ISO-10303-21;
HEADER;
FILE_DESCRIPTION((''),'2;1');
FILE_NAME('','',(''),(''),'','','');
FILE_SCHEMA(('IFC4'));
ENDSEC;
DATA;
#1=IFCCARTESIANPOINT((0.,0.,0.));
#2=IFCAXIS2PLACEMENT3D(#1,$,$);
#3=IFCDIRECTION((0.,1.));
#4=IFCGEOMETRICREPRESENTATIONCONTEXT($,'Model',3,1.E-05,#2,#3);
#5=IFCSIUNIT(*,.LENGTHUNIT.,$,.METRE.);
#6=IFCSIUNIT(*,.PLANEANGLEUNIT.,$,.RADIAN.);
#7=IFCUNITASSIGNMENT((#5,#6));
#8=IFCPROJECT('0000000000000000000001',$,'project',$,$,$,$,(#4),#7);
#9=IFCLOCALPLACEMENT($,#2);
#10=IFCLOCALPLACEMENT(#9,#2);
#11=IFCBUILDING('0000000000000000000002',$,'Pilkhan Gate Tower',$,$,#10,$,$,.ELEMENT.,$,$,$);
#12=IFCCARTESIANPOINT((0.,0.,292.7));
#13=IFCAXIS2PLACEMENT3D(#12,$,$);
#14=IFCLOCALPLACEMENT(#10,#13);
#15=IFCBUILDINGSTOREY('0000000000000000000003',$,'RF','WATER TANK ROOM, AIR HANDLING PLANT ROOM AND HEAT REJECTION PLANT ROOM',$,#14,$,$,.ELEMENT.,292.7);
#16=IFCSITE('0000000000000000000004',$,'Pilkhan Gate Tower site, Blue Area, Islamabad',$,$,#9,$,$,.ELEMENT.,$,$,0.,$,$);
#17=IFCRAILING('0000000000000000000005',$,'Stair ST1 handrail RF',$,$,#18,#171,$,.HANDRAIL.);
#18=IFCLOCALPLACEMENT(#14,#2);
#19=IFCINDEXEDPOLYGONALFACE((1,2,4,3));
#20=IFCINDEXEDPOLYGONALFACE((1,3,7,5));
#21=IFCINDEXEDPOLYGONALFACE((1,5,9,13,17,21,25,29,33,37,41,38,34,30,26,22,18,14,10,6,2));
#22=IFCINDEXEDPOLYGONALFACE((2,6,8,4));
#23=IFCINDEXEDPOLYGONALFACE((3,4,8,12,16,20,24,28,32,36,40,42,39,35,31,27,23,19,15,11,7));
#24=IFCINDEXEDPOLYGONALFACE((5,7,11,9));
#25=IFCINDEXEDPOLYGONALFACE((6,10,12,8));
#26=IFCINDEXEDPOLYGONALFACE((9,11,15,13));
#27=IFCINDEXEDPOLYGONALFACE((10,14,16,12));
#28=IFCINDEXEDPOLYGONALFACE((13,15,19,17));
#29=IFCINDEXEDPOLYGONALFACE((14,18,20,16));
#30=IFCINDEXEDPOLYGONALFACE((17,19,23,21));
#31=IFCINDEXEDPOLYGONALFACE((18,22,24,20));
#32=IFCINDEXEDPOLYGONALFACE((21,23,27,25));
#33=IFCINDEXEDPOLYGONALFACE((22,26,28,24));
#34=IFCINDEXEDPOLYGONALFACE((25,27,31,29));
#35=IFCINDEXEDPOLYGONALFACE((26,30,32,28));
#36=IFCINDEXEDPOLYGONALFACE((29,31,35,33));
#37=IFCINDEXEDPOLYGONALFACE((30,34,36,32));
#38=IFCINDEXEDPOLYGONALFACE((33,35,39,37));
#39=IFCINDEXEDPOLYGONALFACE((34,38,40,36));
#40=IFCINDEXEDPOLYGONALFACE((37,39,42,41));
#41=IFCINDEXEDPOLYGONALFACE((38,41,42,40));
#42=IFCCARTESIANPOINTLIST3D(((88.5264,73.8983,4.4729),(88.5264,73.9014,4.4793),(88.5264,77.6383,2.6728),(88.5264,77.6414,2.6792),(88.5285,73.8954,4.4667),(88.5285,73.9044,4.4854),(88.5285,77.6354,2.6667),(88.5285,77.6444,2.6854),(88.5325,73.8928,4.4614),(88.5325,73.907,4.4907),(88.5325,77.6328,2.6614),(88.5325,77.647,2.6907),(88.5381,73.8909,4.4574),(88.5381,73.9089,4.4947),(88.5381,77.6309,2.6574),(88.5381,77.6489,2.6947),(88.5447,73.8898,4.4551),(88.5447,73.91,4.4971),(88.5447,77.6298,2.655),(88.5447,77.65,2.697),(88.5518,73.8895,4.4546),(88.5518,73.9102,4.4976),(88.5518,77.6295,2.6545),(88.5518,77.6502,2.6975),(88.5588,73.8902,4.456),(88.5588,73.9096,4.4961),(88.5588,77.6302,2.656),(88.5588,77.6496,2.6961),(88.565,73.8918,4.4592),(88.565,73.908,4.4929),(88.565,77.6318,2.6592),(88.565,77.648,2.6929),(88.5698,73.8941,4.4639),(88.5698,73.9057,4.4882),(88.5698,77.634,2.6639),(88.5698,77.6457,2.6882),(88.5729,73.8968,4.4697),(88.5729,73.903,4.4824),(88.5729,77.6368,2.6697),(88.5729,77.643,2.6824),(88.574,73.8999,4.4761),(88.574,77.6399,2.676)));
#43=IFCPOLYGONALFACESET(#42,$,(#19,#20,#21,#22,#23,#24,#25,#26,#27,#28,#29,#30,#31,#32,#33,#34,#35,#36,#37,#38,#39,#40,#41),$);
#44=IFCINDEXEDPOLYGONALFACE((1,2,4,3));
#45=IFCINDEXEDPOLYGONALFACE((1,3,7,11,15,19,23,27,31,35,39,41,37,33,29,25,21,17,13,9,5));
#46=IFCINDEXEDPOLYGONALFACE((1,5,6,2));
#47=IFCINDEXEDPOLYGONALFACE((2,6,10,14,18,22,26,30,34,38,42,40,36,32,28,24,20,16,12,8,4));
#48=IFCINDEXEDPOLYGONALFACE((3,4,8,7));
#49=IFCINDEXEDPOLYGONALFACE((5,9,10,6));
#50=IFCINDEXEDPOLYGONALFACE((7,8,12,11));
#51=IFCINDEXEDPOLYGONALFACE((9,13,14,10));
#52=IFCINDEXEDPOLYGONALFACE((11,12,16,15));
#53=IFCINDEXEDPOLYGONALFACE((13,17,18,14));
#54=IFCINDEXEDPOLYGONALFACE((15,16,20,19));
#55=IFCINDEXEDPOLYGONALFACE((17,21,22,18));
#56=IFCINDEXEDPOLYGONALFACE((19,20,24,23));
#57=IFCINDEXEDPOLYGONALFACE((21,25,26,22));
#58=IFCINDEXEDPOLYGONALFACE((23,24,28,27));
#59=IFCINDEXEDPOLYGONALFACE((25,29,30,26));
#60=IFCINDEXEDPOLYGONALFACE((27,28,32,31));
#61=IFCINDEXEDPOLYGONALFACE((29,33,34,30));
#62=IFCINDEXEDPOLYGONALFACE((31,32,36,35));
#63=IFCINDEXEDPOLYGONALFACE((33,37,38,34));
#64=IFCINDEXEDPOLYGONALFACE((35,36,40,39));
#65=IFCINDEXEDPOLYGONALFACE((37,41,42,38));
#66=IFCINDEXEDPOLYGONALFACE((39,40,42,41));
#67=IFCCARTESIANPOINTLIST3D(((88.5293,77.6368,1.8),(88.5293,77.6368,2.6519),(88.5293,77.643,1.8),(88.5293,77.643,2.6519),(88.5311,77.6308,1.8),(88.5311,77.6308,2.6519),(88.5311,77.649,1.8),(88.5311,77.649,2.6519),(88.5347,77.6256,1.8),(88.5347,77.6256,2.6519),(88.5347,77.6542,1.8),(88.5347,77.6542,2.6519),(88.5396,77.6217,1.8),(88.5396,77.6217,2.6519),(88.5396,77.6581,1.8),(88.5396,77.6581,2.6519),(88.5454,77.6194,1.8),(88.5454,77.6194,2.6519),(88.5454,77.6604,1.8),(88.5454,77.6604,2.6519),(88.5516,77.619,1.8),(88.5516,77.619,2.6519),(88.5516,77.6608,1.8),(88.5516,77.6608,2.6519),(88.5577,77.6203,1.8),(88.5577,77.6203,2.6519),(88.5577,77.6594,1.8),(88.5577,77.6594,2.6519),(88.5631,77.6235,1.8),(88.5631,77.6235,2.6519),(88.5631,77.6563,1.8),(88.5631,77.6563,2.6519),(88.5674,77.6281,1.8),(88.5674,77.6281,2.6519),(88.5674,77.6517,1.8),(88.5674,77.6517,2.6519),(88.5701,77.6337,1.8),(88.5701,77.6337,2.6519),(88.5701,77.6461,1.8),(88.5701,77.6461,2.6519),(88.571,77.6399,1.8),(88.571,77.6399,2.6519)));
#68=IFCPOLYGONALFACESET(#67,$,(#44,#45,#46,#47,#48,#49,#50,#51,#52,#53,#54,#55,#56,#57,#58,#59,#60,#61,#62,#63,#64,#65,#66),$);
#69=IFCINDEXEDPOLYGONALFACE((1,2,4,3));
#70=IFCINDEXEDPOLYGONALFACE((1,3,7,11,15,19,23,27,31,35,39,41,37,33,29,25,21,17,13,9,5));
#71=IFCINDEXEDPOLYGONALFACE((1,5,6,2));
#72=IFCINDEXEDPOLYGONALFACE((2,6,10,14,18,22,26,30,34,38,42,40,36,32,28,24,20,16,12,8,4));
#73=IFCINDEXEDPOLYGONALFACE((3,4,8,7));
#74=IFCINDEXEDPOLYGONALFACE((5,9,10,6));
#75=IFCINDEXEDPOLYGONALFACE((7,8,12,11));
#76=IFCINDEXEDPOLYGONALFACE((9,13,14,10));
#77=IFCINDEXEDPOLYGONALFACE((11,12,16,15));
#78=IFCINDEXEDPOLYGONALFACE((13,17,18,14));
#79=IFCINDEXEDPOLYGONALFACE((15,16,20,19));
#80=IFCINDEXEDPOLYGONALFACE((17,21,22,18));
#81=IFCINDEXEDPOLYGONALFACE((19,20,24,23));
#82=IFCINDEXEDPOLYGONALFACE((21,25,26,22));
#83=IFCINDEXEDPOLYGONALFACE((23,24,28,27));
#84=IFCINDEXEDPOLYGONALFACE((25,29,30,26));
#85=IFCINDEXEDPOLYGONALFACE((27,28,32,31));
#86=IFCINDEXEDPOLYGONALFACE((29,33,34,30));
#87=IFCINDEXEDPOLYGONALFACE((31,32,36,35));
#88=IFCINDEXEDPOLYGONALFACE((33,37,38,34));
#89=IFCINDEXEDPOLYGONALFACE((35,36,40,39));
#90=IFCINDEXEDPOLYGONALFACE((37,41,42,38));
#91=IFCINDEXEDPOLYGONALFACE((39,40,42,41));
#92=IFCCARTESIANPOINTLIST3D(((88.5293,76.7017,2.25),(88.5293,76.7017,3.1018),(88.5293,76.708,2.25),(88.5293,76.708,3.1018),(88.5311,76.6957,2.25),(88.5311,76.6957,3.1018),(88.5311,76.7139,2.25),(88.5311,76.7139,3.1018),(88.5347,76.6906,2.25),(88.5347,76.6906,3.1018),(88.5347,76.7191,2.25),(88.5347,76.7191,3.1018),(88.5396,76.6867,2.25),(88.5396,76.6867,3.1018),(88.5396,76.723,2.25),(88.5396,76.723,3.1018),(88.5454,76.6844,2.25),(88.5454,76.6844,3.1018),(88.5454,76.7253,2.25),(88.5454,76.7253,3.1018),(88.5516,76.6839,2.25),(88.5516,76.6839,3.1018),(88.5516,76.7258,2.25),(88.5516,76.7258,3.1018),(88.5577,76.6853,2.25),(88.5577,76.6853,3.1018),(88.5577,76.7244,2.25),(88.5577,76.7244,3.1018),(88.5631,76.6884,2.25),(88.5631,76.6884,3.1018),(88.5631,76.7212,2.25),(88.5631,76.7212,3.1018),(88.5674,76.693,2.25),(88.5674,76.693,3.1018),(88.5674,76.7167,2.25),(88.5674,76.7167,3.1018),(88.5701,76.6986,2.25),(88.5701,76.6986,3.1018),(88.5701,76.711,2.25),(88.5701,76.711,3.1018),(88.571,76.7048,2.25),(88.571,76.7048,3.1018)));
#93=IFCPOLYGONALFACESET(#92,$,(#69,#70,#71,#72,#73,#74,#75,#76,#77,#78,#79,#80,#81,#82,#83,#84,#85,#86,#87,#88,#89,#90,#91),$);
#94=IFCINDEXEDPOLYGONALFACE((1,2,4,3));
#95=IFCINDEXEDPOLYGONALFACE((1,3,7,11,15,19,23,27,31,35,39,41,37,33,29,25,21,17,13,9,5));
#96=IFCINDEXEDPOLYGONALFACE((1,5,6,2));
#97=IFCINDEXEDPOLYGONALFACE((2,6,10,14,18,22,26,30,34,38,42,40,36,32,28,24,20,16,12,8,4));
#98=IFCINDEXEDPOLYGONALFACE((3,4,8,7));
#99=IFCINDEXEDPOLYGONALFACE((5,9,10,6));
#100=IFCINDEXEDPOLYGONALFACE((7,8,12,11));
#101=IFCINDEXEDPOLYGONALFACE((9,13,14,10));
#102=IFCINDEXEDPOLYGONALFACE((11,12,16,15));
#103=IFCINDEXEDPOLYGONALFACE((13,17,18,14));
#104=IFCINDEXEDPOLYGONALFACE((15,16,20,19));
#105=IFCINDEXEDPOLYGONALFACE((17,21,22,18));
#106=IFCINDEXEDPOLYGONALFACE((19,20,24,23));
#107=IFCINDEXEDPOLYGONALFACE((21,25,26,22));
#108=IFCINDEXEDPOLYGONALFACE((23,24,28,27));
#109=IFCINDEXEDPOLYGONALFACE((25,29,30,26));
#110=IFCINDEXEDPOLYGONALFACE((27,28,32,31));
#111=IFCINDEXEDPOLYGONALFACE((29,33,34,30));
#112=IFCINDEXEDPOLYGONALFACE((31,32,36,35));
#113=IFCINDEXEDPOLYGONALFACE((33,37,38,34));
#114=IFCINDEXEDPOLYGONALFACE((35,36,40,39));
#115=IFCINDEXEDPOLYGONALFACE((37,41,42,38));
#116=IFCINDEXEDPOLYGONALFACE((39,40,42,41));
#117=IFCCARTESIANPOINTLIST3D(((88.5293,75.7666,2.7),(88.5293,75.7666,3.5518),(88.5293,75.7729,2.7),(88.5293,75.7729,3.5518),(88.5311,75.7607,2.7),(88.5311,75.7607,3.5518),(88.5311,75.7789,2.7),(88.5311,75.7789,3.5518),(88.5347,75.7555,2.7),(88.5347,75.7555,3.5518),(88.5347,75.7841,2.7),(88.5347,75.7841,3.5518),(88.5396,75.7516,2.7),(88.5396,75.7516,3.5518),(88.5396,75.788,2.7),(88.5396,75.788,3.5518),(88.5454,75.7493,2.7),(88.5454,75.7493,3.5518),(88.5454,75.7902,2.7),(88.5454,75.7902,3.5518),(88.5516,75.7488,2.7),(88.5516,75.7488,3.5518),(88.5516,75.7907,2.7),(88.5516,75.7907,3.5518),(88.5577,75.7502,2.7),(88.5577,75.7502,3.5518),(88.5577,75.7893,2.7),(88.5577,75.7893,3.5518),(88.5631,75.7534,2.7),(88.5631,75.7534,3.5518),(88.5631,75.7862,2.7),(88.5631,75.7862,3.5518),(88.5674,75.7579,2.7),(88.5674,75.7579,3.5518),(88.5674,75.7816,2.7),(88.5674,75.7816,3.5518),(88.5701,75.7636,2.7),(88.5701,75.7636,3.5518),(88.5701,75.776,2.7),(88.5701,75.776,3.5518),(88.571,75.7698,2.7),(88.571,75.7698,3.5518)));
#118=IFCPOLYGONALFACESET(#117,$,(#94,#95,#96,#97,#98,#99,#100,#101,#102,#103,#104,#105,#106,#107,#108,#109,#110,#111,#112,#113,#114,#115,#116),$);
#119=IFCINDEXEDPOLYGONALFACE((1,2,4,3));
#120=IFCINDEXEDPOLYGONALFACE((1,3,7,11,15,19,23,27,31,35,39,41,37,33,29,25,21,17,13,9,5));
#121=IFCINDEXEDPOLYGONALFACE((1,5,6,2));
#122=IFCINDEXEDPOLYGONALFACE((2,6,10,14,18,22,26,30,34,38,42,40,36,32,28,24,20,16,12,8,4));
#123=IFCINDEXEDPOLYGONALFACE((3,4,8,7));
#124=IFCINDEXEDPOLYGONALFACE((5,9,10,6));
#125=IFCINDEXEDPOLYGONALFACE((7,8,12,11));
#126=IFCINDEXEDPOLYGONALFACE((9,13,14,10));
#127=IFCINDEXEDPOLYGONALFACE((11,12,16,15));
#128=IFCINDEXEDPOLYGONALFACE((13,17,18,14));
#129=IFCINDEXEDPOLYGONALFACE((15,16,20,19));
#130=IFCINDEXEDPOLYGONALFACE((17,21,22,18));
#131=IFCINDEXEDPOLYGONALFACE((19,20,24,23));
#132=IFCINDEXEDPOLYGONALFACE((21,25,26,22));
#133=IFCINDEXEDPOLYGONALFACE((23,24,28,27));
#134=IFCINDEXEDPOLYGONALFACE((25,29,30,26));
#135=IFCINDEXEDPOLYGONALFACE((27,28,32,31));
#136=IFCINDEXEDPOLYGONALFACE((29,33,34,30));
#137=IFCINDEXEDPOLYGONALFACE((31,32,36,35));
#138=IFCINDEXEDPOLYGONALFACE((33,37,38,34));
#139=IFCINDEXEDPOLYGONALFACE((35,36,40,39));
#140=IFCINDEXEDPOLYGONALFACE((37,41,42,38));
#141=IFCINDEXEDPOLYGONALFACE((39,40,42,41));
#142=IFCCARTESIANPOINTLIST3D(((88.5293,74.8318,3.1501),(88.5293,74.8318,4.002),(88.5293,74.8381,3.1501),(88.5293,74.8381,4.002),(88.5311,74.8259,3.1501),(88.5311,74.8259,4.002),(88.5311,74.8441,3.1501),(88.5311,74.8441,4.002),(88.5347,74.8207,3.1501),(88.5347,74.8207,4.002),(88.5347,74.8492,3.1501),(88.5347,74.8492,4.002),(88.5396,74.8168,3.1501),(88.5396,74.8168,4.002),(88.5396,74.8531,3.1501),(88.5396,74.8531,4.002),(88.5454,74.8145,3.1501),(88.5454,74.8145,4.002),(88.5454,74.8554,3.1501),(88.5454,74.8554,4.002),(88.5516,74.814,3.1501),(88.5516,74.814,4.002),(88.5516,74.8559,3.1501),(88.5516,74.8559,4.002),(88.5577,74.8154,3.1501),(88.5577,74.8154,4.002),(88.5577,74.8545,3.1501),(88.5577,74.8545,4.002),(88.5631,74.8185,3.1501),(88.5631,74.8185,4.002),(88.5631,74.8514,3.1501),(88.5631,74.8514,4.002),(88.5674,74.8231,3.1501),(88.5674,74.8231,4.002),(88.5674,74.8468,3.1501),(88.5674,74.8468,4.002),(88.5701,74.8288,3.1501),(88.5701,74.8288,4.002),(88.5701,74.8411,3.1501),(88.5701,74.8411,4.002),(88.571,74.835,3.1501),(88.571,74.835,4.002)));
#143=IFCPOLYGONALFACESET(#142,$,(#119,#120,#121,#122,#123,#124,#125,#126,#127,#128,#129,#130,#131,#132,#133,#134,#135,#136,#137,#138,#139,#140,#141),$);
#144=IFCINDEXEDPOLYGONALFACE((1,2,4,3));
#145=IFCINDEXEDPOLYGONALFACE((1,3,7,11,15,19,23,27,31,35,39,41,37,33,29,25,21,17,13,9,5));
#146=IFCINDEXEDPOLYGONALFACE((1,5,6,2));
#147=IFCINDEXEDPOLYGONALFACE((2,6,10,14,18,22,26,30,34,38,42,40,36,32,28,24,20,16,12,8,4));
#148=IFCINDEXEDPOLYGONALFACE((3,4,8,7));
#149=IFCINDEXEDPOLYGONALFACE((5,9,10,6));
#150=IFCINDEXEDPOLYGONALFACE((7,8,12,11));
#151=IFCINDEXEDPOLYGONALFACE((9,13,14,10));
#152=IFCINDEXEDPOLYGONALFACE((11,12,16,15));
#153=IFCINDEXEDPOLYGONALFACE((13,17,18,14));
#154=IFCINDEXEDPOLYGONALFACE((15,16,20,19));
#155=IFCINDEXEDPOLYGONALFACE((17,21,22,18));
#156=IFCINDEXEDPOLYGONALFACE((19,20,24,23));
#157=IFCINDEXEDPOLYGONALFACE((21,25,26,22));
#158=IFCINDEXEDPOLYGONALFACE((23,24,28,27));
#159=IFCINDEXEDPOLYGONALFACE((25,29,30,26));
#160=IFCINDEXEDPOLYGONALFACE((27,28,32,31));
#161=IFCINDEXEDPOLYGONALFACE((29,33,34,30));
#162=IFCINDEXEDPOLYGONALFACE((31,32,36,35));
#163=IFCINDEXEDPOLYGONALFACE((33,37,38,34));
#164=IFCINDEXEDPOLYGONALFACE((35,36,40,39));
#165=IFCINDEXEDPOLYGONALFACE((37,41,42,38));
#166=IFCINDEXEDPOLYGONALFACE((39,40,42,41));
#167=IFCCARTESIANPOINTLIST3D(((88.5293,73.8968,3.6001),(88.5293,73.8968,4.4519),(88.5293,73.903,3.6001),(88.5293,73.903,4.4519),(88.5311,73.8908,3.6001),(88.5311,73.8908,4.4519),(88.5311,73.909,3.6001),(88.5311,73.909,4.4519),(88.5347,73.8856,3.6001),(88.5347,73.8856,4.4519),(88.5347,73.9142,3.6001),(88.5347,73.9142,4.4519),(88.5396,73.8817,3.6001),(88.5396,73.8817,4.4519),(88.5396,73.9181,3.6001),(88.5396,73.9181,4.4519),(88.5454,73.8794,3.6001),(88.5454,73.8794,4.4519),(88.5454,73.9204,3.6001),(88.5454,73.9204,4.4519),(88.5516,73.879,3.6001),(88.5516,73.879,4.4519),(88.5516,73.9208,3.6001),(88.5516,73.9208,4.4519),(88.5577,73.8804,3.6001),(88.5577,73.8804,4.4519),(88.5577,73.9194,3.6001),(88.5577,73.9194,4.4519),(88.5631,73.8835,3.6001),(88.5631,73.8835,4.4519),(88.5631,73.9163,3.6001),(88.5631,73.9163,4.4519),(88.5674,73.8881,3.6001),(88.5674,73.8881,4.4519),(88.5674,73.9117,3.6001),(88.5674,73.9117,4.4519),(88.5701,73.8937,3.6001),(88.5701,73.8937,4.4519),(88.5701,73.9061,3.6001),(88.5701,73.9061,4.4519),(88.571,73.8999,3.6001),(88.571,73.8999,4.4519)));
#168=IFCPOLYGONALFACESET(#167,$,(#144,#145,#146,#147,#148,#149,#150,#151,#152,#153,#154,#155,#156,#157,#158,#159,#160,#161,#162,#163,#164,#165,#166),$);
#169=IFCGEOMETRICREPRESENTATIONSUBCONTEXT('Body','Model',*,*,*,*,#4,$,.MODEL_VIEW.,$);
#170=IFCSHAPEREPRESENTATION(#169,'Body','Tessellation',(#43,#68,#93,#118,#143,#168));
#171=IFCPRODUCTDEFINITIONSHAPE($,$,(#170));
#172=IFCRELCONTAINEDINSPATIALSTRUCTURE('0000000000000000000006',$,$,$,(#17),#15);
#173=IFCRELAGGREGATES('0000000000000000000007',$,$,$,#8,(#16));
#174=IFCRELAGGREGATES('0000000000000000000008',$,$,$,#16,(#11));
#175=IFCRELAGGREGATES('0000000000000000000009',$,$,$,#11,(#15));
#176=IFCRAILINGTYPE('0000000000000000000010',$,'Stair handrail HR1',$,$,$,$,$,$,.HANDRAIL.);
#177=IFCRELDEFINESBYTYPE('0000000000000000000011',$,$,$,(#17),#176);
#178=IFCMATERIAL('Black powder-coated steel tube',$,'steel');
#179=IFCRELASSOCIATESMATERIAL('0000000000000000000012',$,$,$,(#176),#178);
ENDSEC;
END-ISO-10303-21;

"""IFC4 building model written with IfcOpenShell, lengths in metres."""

from ifc_helpers import new_model, si_unit, direction, frame, origin, origin_2d, place, context, subcontext, project, spatial, circle, extrude, material, type_object, element, save


model = new_model("IFC4")

# Units and contexts
model_context = context("Model", 3, precision=1e-05, world=origin(), true_north=direction((0.0, 1.0)))
body_context = subcontext(model_context, "Body", "Model", "MODEL_VIEW")
ifc_project = project(units=[si_unit("LENGTHUNIT", "METRE"), si_unit("PLANEANGLEUNIT", "RADIAN")], contexts=[model_context])

# Site, building, storey
site_placement = place(None, origin())
site = spatial("IfcSite", under=ifc_project, at=site_placement, Name="Pilkhan Gate Tower site, Blue Area, Islamabad", CompositionType="ELEMENT", RefElevation=0.0)
building_placement = place(site_placement, origin())
building = spatial("IfcBuilding", under=site, at=building_placement, Name="Pilkhan Gate Tower", CompositionType="ELEMENT")
storey_placement = place(building_placement, frame((0.0, 0.0, 292.7)))
storey = spatial("IfcBuildingStorey", under=building, at=storey_placement, Name="RF", Description="WATER TANK ROOM, AIR HANDLING PLANT ROOM AND HEAT REJECTION PLANT ROOM", CompositionType="ELEMENT", Elevation=292.7)

# Railing
ifc_material_1 = material(Name="Black powder-coated steel tube", Category="steel")
railing_type_1 = type_object("IfcRailingType", Name="Stair handrail HR1", PredefinedType="HANDRAIL", material=ifc_material_1)
railing_1_placement = place(storey_placement, frame((88.55, 77.6399, 1.8)))
element("IfcRailing", 1, at=railing_1_placement, inside=storey, type_object=railing_type_1, Name="Stair ST1 handrail RF", PredefinedType="HANDRAIL", context=body_context, shape_type="SweptSolid", body=[
    extrude(circle(Radius=0.0239, at=origin_2d()), frame((0.0, 0.0, 0.876), z_axis=(0.0, -0.901066, 0.433681), x_axis=(1.0, 0.0, 0.0)), (0.0, 0.0, 1.0), 4.1506),
    extrude(circle(Radius=0.021, at=origin_2d()), origin(), (0.0, 0.0, 1.0), 0.8518),
    extrude(circle(Radius=0.021, at=origin_2d()), frame((0.0, -0.9351, 0.45)), (0.0, 0.0, 1.0), 0.8518),
    extrude(circle(Radius=0.021, at=origin_2d()), frame((0.0, -1.8701, 0.8999)), (0.0, 0.0, 1.0), 0.8518),
    extrude(circle(Radius=0.021, at=origin_2d()), frame((0.0, -2.8049, 1.3501)), (0.0, 0.0, 1.0), 0.8518),
    extrude(circle(Radius=0.021, at=origin_2d()), frame((0.0, -3.74, 1.8)), (0.0, 0.0, 1.0), 0.8518),
])

save(model, "model.ifc")
